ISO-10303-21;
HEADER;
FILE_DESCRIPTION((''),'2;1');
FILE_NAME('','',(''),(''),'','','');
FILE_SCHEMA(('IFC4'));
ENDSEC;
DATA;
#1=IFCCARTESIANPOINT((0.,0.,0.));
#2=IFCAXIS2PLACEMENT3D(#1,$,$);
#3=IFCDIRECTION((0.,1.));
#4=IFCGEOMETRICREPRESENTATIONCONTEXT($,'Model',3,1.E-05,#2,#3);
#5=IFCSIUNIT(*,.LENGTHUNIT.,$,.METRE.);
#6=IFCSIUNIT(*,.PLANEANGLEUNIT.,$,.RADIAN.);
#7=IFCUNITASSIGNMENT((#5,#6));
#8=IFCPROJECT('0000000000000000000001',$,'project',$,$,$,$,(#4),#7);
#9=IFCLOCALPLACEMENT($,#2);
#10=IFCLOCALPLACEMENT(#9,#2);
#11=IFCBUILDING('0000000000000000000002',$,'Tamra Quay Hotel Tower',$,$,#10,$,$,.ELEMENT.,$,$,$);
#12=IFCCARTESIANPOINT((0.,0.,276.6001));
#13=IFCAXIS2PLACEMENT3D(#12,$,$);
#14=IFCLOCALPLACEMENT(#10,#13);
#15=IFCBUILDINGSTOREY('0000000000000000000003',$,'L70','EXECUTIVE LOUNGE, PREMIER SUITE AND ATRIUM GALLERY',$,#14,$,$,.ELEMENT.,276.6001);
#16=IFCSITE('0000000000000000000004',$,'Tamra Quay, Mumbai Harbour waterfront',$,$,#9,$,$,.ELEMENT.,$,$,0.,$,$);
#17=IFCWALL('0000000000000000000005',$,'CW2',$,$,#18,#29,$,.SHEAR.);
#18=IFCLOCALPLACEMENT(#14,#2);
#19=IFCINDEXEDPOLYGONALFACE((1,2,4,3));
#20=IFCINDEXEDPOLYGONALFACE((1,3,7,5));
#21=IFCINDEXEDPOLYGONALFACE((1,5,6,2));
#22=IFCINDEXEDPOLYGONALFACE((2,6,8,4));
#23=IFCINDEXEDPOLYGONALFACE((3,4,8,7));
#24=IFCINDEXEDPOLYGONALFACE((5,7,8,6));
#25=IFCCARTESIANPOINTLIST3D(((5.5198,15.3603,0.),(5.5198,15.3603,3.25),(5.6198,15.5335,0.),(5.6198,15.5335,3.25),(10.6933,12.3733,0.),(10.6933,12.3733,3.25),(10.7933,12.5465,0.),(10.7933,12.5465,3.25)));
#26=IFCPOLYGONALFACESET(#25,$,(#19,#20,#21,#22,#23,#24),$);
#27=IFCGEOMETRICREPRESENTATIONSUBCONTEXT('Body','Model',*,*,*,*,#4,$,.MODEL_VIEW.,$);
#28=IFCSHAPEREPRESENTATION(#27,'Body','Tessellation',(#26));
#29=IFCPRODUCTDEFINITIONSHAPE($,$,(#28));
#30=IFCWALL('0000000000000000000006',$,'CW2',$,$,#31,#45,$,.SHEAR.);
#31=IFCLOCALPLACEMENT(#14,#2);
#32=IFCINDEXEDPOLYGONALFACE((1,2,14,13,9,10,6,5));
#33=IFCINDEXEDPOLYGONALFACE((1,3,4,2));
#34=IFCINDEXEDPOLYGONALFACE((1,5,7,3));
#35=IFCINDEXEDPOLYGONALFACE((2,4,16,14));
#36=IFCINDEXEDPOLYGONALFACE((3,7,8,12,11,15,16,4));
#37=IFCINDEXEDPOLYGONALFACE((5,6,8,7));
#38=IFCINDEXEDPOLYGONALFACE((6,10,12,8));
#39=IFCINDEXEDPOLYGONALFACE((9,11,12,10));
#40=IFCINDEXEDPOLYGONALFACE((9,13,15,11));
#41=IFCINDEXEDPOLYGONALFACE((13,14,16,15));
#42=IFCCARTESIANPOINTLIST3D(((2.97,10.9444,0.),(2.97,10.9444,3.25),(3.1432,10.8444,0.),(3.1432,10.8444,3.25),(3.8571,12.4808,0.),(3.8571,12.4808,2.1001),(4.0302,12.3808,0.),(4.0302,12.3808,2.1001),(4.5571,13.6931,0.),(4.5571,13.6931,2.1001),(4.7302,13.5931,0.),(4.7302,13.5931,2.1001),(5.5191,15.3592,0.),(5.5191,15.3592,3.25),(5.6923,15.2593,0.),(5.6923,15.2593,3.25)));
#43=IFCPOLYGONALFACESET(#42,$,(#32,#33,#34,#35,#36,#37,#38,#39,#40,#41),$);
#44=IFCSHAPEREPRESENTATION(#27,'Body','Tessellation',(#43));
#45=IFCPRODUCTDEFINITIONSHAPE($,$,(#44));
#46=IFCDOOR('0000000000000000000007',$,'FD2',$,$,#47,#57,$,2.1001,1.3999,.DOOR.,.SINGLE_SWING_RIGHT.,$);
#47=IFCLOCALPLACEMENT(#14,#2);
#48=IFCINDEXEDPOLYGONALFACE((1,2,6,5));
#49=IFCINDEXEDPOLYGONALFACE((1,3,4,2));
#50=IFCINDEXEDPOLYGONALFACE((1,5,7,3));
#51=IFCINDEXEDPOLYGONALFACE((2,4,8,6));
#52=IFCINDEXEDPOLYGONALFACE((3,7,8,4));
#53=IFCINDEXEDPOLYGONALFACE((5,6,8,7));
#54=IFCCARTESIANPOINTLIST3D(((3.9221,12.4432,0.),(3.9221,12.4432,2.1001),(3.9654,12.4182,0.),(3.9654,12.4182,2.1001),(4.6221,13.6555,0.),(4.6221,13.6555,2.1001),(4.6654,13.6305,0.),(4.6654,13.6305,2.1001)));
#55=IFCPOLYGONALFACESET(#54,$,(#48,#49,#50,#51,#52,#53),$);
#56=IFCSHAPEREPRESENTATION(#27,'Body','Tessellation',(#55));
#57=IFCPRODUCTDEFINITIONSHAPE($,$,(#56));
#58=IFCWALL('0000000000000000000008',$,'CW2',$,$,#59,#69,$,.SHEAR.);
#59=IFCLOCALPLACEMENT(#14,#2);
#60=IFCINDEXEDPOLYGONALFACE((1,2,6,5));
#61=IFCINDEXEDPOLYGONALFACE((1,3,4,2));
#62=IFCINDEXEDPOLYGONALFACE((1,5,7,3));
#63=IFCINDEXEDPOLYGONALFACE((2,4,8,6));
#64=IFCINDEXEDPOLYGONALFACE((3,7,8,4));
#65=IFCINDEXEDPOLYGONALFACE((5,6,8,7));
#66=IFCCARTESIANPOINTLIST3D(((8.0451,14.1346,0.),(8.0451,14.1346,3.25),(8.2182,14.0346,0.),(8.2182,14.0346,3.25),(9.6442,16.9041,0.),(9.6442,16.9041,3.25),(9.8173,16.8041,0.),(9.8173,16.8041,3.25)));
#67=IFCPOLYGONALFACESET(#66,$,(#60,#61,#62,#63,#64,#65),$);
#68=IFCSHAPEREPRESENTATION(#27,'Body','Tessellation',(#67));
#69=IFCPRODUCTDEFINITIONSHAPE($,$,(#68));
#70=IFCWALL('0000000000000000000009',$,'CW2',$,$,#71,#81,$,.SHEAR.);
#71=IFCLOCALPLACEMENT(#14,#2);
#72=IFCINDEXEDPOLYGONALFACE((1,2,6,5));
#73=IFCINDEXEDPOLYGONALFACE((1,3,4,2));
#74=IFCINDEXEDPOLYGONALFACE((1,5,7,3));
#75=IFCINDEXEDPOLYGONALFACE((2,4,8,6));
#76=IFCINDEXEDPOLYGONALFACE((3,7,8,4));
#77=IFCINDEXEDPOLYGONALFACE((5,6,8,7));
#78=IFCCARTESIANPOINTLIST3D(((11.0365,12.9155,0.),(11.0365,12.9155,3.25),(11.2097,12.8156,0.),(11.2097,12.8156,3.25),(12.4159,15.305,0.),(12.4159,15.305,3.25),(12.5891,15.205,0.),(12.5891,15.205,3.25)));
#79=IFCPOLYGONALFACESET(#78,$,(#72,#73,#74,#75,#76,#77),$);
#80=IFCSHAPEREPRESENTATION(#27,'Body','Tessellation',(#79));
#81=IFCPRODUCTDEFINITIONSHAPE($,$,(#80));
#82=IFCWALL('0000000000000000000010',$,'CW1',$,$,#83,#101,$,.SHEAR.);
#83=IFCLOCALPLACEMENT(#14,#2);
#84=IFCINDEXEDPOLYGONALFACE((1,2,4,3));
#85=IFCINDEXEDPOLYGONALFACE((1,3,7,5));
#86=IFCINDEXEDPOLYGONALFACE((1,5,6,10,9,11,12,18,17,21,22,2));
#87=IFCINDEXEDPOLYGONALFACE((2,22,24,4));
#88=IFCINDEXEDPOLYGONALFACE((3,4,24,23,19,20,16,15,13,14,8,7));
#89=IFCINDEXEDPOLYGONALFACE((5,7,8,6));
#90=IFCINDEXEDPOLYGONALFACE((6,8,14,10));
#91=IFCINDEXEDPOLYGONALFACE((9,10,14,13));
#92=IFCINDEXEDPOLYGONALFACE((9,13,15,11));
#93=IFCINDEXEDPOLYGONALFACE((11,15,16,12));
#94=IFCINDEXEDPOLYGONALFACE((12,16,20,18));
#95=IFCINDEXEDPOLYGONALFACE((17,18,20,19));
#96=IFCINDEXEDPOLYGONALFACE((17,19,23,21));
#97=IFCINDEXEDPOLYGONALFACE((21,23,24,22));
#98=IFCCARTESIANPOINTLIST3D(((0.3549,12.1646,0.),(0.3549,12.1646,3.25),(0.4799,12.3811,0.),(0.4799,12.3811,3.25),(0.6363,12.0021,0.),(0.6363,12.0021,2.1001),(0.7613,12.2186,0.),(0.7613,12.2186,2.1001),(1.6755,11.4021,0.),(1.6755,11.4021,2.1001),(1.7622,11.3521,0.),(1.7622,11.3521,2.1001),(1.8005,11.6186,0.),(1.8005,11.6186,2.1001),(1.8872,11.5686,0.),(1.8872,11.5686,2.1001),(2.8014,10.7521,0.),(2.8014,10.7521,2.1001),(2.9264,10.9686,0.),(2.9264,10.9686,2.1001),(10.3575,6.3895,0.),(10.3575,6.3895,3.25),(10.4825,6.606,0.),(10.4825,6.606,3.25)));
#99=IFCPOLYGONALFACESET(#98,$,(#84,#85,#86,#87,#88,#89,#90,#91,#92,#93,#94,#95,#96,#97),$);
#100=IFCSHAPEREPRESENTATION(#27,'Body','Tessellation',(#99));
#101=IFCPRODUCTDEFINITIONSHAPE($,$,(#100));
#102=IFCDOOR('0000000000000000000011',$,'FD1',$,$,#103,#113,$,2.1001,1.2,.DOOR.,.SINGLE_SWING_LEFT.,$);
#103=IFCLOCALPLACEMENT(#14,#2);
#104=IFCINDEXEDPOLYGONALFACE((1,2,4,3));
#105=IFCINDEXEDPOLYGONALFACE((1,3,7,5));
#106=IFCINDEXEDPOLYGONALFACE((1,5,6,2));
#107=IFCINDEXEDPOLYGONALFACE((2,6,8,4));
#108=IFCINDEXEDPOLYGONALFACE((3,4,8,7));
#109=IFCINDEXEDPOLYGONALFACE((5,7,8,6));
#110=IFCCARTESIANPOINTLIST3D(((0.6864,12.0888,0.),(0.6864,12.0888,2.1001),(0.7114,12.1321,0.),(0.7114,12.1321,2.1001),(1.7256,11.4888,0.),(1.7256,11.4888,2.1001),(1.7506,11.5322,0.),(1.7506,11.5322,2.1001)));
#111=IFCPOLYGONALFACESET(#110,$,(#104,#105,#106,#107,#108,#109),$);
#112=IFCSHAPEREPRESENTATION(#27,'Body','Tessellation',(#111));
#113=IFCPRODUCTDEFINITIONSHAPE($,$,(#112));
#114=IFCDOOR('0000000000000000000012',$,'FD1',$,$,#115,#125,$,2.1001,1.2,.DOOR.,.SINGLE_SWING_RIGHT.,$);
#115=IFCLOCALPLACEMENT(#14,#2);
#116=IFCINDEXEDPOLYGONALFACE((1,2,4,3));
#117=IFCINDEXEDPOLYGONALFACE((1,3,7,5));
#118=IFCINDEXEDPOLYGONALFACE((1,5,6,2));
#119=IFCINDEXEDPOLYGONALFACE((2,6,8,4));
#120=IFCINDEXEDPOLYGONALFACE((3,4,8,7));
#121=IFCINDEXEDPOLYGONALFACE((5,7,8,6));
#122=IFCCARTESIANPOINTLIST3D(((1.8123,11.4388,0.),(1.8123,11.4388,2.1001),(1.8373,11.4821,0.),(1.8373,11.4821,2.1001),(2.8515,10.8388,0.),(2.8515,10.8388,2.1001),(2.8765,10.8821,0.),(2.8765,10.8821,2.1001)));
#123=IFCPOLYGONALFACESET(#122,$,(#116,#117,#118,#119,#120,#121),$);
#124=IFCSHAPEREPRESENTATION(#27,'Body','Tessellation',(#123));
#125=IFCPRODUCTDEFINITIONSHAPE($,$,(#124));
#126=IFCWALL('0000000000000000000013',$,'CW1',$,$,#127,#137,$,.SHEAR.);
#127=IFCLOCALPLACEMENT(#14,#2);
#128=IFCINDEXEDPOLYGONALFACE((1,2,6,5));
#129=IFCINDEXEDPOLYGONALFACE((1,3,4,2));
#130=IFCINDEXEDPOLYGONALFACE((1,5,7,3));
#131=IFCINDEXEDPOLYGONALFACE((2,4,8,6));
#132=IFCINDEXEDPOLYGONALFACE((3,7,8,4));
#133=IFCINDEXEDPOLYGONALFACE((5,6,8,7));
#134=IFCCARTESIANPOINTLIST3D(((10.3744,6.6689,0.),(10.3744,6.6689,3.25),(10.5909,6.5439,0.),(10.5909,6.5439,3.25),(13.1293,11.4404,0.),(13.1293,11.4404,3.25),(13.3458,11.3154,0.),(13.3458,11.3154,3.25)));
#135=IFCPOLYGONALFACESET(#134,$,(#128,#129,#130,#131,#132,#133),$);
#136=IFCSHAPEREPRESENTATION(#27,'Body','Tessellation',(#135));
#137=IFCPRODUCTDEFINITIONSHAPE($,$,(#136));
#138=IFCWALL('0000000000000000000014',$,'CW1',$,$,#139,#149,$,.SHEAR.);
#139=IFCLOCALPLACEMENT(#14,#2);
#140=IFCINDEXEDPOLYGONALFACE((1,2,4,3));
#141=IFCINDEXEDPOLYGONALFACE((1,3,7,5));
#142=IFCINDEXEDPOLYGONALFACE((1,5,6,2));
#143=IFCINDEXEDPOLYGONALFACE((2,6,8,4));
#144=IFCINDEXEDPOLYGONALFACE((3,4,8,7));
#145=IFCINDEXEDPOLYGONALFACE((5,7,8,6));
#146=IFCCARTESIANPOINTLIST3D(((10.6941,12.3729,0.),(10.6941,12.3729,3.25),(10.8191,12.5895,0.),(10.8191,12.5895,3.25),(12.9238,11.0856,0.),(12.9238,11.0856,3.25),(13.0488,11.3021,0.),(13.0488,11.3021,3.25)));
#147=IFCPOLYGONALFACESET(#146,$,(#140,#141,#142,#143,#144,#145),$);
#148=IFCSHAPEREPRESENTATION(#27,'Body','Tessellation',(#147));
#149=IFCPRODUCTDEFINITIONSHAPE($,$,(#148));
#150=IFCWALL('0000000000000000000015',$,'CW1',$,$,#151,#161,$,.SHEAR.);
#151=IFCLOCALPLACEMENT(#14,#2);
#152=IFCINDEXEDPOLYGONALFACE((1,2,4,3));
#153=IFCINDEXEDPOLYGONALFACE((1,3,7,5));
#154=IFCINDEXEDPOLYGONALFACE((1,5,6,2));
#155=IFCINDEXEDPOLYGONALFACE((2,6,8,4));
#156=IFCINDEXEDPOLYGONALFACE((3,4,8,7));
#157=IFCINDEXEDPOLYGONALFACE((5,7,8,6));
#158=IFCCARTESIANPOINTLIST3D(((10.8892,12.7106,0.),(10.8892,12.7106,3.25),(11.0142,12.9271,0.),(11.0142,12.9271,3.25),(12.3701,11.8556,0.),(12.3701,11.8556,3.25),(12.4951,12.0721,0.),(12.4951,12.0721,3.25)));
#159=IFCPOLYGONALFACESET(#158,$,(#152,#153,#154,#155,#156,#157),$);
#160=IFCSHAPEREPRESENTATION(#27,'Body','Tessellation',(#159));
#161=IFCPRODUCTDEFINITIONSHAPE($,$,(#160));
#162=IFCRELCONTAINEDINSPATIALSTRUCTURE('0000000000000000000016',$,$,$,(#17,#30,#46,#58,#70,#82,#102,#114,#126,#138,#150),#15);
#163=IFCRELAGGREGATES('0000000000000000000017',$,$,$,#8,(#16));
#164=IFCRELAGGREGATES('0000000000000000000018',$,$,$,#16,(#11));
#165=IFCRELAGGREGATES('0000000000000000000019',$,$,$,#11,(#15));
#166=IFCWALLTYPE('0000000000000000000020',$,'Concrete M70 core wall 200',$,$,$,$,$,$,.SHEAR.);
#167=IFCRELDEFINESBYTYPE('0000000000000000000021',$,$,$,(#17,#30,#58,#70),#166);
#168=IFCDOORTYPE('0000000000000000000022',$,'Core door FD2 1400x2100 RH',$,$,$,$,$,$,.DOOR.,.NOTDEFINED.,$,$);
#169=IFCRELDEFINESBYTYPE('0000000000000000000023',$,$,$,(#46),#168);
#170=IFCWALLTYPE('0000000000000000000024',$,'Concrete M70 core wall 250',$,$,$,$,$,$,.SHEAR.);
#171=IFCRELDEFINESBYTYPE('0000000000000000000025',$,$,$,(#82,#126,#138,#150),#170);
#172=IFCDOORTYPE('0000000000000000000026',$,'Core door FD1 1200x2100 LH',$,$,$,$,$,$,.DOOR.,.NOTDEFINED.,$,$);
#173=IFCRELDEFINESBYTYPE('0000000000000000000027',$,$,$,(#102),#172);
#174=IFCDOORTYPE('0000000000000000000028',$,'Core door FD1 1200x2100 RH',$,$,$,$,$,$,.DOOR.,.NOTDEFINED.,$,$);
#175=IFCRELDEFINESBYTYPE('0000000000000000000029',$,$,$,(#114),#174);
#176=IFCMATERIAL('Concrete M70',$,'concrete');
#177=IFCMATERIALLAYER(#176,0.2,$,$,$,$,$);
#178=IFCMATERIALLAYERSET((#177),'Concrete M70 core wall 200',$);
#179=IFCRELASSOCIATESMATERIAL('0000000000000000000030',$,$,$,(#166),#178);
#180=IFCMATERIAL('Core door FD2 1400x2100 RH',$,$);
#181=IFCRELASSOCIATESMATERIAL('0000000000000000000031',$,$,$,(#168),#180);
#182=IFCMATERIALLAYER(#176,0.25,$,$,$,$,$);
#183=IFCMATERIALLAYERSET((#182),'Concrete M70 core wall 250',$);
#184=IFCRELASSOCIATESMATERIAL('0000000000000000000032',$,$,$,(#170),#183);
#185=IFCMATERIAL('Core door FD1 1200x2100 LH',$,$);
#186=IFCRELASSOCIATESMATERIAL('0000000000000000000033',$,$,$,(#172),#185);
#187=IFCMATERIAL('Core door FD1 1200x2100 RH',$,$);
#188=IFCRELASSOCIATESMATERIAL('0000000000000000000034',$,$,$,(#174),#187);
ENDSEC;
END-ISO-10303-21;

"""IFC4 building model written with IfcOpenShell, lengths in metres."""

from ifc_helpers import new_model, si_unit, direction, frame, frame_2d, origin, place, context, subcontext, project, spatial, rectangle, extrude, material, layer, layer_set, type_object, element, fill, save


model = new_model("IFC4")

# Units and contexts
model_context = context("Model", 3, precision=1e-05, world=origin(), true_north=direction((0.0, 1.0)))
body_context = subcontext(model_context, "Body", "Model", "MODEL_VIEW")
ifc_project = project(units=[si_unit("LENGTHUNIT", "METRE"), si_unit("PLANEANGLEUNIT", "RADIAN")], contexts=[model_context])

# Site, building, storey
site_placement = place(None, origin())
site = spatial("IfcSite", under=ifc_project, at=site_placement, Name="Tamra Quay, Mumbai Harbour waterfront", CompositionType="ELEMENT", RefElevation=0.0)
building_placement = place(site_placement, origin())
building = spatial("IfcBuilding", under=site, at=building_placement, Name="Tamra Quay Hotel Tower", CompositionType="ELEMENT")
storey_placement = place(building_placement, frame((0.0, 0.0, 276.6001)))
storey = spatial("IfcBuildingStorey", under=building, at=storey_placement, Name="L70", Description="EXECUTIVE LOUNGE, PREMIER SUITE AND ATRIUM GALLERY", CompositionType="ELEMENT", Elevation=276.6001)

# Wall
ifc_material_1 = material(Name="Concrete M70", Category="concrete")
ifc_layer_1 = layer(ifc_material_1, 0.2)
ifc_layer_set_1 = layer_set([ifc_layer_1], Name="Concrete M70 core wall 200")
wall_type_1 = type_object("IfcWallType", Name="Concrete M70 core wall 200", PredefinedType="SHEAR", material=ifc_layer_set_1)
wall_1_placement = place(storey_placement, frame((10.7432, 12.46, 0.0), z_axis=(0.0, 0.0, 1.0), x_axis=(-0.866019, 0.500011, 0.0)))
element("IfcWall", 1, at=wall_1_placement, inside=storey, type_object=wall_type_1, Name="CW2", PredefinedType="SHEAR", context=body_context, shape_type="SweptSolid", body=[
    extrude(rectangle(XDim=5.9739, YDim=0.2, at=frame_2d((2.9868, 0.0))), origin(), (0.0, 0.0, 1.0), 3.25),
])

# Wall, opening, door
wall_2_placement = place(storey_placement, frame((3.0566, 10.8945, 0.0), z_axis=(0.0, 0.0, 1.0), x_axis=(0.500028, 0.866009, 0.0)))
wall_2 = element("IfcWall", 2, at=wall_2_placement, inside=storey, type_object=wall_type_1, Name="CW2", PredefinedType="SHEAR", context=body_context, shape_type="SweptSolid", body=[
    extrude(rectangle(XDim=5.0979, YDim=0.2, at=frame_2d((2.5488, 0.0))), origin(), (0.0, 0.0, 1.0), 3.25),
])
opening_1_placement = place(wall_2_placement, frame((1.7739, 0.0, 0.0)))
opening_1 = element("IfcOpeningElement", 3, at=opening_1_placement, cuts=wall_2, PredefinedType="OPENING", context=body_context, shape_type="SweptSolid", body=[
    extrude(rectangle(XDim=1.3999, YDim=2.1001, at=frame_2d((0.7, 1.05))), frame((0.0, 0.1099, 0.0), z_axis=(0.0, -1.0, 0.0), x_axis=(1.0, 0.0, 0.0)), (0.0, 0.0, 1.0), 0.22),
])
ifc_material_2 = material(Name="Core door FD2 1400x2100 RH")
door_type_1 = type_object("IfcDoorType", Name="Core door FD2 1400x2100 RH", OperationType="NOTDEFINED", PredefinedType="DOOR", material=ifc_material_2)
door_1_placement = place(opening_1_placement, origin())
door_1 = element("IfcDoor", 4, at=door_1_placement, inside=storey, type_object=door_type_1, Name="FD2", OperationType="SINGLE_SWING_RIGHT", OverallHeight=2.1001, OverallWidth=1.3999, PredefinedType="DOOR", context=body_context, shape_type="SweptSolid", body=[
    extrude(rectangle(XDim=1.3999, YDim=2.1001, at=frame_2d((0.7, 1.05))), frame((0.0, 0.0249, 0.0), z_axis=(0.0, -1.0, 0.0), x_axis=(1.0, 0.0, 0.0)), (0.0, 0.0, 1.0), 0.05),
])
fill(opening_1, door_1)

# Walls
wall_3_placement = place(storey_placement, frame((8.1316, 14.0845, 0.0), z_axis=(0.0, 0.0, 1.0), x_axis=(0.500031, 0.866008, 0.0)))
element("IfcWall", 5, at=wall_3_placement, inside=storey, type_object=wall_type_1, Name="CW2", PredefinedType="SHEAR", context=body_context, shape_type="SweptSolid", body=[
    extrude(rectangle(XDim=3.198, YDim=0.2, at=frame_2d((1.5991, 0.0))), origin(), (0.0, 0.0, 1.0), 3.25),
])
wall_4_placement = place(storey_placement, frame((12.5024, 15.2549, 0.0), z_axis=(0.0, 0.0, 1.0), x_axis=(-0.499965, -0.866046, 0.0)))
element("IfcWall", 6, at=wall_4_placement, inside=storey, type_object=wall_type_1, Name="CW2", PredefinedType="SHEAR", context=body_context, shape_type="SweptSolid", body=[
    extrude(rectangle(XDim=2.759, YDim=0.2, at=frame_2d((1.3794, 0.0))), origin(), (0.0, 0.0, 1.0), 3.25),
])

# Wall, openings, doors
ifc_layer_2 = layer(ifc_material_1, 0.25)
ifc_layer_set_2 = layer_set([ifc_layer_2], Name="Concrete M70 core wall 250")
wall_type_2 = type_object("IfcWallType", Name="Concrete M70 core wall 250", PredefinedType="SHEAR", material=ifc_layer_set_2)
wall_5_placement = place(storey_placement, frame((10.4199, 6.4978, 0.0), z_axis=(0.0, 0.0, 1.0), x_axis=(-0.866022, 0.500006, 0.0)))
wall_5 = element("IfcWall", 7, at=wall_5_placement, inside=storey, type_object=wall_type_2, Name="CW1", PredefinedType="SHEAR", context=body_context, shape_type="SweptSolid", body=[
    extrude(rectangle(XDim=11.55, YDim=0.25, at=frame_2d((5.7749, 0.0))), origin(), (0.0, 0.0, 1.0), 3.25),
])
opening_2_placement = place(wall_5_placement, frame((10.0249, 0.0, 0.0)))
opening_2 = element("IfcOpeningElement", 8, at=opening_2_placement, cuts=wall_5, PredefinedType="OPENING", context=body_context, shape_type="SweptSolid", body=[
    extrude(rectangle(XDim=1.2, YDim=2.1001, at=frame_2d((0.6001, 1.05))), frame((0.0, 0.135, 0.0), z_axis=(0.0, -1.0, 0.0), x_axis=(1.0, 0.0, 0.0)), (0.0, 0.0, 1.0), 0.27),
])
opening_3_placement = place(wall_5_placement, frame((8.7249, 0.0, 0.0)))
opening_3 = element("IfcOpeningElement", 9, at=opening_3_placement, cuts=wall_5, PredefinedType="OPENING", context=body_context, shape_type="SweptSolid", body=[
    extrude(rectangle(XDim=1.2, YDim=2.1001, at=frame_2d((0.6001, 1.05))), frame((0.0, 0.135, 0.0), z_axis=(0.0, -1.0, 0.0), x_axis=(1.0, 0.0, 0.0)), (0.0, 0.0, 1.0), 0.27),
])
ifc_material_3 = material(Name="Core door FD1 1200x2100 LH")
door_type_2 = type_object("IfcDoorType", Name="Core door FD1 1200x2100 LH", OperationType="NOTDEFINED", PredefinedType="DOOR", material=ifc_material_3)
door_2_placement = place(opening_2_placement, origin())
door_2 = element("IfcDoor", 10, at=door_2_placement, inside=storey, type_object=door_type_2, Name="FD1", OperationType="SINGLE_SWING_LEFT", OverallHeight=2.1001, OverallWidth=1.2, PredefinedType="DOOR", context=body_context, shape_type="SweptSolid", body=[
    extrude(rectangle(XDim=1.2, YDim=2.1001, at=frame_2d((0.6001, 1.05))), frame((0.0, 0.0249, 0.0), z_axis=(0.0, -1.0, 0.0), x_axis=(1.0, 0.0, 0.0)), (0.0, 0.0, 1.0), 0.05),
])
fill(opening_2, door_2)
ifc_material_4 = material(Name="Core door FD1 1200x2100 RH")
door_type_3 = type_object("IfcDoorType", Name="Core door FD1 1200x2100 RH", OperationType="NOTDEFINED", PredefinedType="DOOR", material=ifc_material_4)
door_3_placement = place(opening_3_placement, origin())
door_3 = element("IfcDoor", 11, at=door_3_placement, inside=storey, type_object=door_type_3, Name="FD1", OperationType="SINGLE_SWING_RIGHT", OverallHeight=2.1001, OverallWidth=1.2, PredefinedType="DOOR", context=body_context, shape_type="SweptSolid", body=[
    extrude(rectangle(XDim=1.2, YDim=2.1001, at=frame_2d((0.6001, 1.05))), frame((0.0, 0.0249, 0.0), z_axis=(0.0, -1.0, 0.0), x_axis=(1.0, 0.0, 0.0)), (0.0, 0.0, 1.0), 0.05),
])
fill(opening_3, door_3)

# Walls
wall_6_placement = place(storey_placement, frame((13.2375, 11.3779, 0.0), z_axis=(0.0, 0.0, 1.0), x_axis=(-0.500009, -0.86602, 0.0)))
element("IfcWall", 12, at=wall_6_placement, inside=storey, type_object=wall_type_2, Name="CW1", PredefinedType="SHEAR", context=body_context, shape_type="SweptSolid", body=[
    extrude(rectangle(XDim=5.5098, YDim=0.25, at=frame_2d((2.7549, 0.0))), origin(), (0.0, 0.0, 1.0), 3.25),
])
wall_7_placement = place(storey_placement, frame((10.7566, 12.4812, 0.0), z_axis=(0.0, 0.0, 1.0), x_axis=(0.866023, -0.500004, 0.0)))
element("IfcWall", 13, at=wall_7_placement, inside=storey, type_object=wall_type_2, Name="CW1", PredefinedType="SHEAR", context=body_context, shape_type="SweptSolid", body=[
    extrude(rectangle(XDim=2.5747, YDim=0.25, at=frame_2d((1.2874, 0.0))), origin(), (0.0, 0.0, 1.0), 3.25),
])
wall_8_placement = place(storey_placement, frame((12.4326, 11.9639, 0.0), z_axis=(0.0, 0.0, 1.0), x_axis=(-0.866038, 0.499978, 0.0)))
element("IfcWall", 14, at=wall_8_placement, inside=storey, type_object=wall_type_2, Name="CW1", PredefinedType="SHEAR", context=body_context, shape_type="SweptSolid", body=[
    extrude(rectangle(XDim=1.71, YDim=0.25, at=frame_2d((0.855, 0.0))), origin(), (0.0, 0.0, 1.0), 3.25),
])

save(model, "model.ifc")
